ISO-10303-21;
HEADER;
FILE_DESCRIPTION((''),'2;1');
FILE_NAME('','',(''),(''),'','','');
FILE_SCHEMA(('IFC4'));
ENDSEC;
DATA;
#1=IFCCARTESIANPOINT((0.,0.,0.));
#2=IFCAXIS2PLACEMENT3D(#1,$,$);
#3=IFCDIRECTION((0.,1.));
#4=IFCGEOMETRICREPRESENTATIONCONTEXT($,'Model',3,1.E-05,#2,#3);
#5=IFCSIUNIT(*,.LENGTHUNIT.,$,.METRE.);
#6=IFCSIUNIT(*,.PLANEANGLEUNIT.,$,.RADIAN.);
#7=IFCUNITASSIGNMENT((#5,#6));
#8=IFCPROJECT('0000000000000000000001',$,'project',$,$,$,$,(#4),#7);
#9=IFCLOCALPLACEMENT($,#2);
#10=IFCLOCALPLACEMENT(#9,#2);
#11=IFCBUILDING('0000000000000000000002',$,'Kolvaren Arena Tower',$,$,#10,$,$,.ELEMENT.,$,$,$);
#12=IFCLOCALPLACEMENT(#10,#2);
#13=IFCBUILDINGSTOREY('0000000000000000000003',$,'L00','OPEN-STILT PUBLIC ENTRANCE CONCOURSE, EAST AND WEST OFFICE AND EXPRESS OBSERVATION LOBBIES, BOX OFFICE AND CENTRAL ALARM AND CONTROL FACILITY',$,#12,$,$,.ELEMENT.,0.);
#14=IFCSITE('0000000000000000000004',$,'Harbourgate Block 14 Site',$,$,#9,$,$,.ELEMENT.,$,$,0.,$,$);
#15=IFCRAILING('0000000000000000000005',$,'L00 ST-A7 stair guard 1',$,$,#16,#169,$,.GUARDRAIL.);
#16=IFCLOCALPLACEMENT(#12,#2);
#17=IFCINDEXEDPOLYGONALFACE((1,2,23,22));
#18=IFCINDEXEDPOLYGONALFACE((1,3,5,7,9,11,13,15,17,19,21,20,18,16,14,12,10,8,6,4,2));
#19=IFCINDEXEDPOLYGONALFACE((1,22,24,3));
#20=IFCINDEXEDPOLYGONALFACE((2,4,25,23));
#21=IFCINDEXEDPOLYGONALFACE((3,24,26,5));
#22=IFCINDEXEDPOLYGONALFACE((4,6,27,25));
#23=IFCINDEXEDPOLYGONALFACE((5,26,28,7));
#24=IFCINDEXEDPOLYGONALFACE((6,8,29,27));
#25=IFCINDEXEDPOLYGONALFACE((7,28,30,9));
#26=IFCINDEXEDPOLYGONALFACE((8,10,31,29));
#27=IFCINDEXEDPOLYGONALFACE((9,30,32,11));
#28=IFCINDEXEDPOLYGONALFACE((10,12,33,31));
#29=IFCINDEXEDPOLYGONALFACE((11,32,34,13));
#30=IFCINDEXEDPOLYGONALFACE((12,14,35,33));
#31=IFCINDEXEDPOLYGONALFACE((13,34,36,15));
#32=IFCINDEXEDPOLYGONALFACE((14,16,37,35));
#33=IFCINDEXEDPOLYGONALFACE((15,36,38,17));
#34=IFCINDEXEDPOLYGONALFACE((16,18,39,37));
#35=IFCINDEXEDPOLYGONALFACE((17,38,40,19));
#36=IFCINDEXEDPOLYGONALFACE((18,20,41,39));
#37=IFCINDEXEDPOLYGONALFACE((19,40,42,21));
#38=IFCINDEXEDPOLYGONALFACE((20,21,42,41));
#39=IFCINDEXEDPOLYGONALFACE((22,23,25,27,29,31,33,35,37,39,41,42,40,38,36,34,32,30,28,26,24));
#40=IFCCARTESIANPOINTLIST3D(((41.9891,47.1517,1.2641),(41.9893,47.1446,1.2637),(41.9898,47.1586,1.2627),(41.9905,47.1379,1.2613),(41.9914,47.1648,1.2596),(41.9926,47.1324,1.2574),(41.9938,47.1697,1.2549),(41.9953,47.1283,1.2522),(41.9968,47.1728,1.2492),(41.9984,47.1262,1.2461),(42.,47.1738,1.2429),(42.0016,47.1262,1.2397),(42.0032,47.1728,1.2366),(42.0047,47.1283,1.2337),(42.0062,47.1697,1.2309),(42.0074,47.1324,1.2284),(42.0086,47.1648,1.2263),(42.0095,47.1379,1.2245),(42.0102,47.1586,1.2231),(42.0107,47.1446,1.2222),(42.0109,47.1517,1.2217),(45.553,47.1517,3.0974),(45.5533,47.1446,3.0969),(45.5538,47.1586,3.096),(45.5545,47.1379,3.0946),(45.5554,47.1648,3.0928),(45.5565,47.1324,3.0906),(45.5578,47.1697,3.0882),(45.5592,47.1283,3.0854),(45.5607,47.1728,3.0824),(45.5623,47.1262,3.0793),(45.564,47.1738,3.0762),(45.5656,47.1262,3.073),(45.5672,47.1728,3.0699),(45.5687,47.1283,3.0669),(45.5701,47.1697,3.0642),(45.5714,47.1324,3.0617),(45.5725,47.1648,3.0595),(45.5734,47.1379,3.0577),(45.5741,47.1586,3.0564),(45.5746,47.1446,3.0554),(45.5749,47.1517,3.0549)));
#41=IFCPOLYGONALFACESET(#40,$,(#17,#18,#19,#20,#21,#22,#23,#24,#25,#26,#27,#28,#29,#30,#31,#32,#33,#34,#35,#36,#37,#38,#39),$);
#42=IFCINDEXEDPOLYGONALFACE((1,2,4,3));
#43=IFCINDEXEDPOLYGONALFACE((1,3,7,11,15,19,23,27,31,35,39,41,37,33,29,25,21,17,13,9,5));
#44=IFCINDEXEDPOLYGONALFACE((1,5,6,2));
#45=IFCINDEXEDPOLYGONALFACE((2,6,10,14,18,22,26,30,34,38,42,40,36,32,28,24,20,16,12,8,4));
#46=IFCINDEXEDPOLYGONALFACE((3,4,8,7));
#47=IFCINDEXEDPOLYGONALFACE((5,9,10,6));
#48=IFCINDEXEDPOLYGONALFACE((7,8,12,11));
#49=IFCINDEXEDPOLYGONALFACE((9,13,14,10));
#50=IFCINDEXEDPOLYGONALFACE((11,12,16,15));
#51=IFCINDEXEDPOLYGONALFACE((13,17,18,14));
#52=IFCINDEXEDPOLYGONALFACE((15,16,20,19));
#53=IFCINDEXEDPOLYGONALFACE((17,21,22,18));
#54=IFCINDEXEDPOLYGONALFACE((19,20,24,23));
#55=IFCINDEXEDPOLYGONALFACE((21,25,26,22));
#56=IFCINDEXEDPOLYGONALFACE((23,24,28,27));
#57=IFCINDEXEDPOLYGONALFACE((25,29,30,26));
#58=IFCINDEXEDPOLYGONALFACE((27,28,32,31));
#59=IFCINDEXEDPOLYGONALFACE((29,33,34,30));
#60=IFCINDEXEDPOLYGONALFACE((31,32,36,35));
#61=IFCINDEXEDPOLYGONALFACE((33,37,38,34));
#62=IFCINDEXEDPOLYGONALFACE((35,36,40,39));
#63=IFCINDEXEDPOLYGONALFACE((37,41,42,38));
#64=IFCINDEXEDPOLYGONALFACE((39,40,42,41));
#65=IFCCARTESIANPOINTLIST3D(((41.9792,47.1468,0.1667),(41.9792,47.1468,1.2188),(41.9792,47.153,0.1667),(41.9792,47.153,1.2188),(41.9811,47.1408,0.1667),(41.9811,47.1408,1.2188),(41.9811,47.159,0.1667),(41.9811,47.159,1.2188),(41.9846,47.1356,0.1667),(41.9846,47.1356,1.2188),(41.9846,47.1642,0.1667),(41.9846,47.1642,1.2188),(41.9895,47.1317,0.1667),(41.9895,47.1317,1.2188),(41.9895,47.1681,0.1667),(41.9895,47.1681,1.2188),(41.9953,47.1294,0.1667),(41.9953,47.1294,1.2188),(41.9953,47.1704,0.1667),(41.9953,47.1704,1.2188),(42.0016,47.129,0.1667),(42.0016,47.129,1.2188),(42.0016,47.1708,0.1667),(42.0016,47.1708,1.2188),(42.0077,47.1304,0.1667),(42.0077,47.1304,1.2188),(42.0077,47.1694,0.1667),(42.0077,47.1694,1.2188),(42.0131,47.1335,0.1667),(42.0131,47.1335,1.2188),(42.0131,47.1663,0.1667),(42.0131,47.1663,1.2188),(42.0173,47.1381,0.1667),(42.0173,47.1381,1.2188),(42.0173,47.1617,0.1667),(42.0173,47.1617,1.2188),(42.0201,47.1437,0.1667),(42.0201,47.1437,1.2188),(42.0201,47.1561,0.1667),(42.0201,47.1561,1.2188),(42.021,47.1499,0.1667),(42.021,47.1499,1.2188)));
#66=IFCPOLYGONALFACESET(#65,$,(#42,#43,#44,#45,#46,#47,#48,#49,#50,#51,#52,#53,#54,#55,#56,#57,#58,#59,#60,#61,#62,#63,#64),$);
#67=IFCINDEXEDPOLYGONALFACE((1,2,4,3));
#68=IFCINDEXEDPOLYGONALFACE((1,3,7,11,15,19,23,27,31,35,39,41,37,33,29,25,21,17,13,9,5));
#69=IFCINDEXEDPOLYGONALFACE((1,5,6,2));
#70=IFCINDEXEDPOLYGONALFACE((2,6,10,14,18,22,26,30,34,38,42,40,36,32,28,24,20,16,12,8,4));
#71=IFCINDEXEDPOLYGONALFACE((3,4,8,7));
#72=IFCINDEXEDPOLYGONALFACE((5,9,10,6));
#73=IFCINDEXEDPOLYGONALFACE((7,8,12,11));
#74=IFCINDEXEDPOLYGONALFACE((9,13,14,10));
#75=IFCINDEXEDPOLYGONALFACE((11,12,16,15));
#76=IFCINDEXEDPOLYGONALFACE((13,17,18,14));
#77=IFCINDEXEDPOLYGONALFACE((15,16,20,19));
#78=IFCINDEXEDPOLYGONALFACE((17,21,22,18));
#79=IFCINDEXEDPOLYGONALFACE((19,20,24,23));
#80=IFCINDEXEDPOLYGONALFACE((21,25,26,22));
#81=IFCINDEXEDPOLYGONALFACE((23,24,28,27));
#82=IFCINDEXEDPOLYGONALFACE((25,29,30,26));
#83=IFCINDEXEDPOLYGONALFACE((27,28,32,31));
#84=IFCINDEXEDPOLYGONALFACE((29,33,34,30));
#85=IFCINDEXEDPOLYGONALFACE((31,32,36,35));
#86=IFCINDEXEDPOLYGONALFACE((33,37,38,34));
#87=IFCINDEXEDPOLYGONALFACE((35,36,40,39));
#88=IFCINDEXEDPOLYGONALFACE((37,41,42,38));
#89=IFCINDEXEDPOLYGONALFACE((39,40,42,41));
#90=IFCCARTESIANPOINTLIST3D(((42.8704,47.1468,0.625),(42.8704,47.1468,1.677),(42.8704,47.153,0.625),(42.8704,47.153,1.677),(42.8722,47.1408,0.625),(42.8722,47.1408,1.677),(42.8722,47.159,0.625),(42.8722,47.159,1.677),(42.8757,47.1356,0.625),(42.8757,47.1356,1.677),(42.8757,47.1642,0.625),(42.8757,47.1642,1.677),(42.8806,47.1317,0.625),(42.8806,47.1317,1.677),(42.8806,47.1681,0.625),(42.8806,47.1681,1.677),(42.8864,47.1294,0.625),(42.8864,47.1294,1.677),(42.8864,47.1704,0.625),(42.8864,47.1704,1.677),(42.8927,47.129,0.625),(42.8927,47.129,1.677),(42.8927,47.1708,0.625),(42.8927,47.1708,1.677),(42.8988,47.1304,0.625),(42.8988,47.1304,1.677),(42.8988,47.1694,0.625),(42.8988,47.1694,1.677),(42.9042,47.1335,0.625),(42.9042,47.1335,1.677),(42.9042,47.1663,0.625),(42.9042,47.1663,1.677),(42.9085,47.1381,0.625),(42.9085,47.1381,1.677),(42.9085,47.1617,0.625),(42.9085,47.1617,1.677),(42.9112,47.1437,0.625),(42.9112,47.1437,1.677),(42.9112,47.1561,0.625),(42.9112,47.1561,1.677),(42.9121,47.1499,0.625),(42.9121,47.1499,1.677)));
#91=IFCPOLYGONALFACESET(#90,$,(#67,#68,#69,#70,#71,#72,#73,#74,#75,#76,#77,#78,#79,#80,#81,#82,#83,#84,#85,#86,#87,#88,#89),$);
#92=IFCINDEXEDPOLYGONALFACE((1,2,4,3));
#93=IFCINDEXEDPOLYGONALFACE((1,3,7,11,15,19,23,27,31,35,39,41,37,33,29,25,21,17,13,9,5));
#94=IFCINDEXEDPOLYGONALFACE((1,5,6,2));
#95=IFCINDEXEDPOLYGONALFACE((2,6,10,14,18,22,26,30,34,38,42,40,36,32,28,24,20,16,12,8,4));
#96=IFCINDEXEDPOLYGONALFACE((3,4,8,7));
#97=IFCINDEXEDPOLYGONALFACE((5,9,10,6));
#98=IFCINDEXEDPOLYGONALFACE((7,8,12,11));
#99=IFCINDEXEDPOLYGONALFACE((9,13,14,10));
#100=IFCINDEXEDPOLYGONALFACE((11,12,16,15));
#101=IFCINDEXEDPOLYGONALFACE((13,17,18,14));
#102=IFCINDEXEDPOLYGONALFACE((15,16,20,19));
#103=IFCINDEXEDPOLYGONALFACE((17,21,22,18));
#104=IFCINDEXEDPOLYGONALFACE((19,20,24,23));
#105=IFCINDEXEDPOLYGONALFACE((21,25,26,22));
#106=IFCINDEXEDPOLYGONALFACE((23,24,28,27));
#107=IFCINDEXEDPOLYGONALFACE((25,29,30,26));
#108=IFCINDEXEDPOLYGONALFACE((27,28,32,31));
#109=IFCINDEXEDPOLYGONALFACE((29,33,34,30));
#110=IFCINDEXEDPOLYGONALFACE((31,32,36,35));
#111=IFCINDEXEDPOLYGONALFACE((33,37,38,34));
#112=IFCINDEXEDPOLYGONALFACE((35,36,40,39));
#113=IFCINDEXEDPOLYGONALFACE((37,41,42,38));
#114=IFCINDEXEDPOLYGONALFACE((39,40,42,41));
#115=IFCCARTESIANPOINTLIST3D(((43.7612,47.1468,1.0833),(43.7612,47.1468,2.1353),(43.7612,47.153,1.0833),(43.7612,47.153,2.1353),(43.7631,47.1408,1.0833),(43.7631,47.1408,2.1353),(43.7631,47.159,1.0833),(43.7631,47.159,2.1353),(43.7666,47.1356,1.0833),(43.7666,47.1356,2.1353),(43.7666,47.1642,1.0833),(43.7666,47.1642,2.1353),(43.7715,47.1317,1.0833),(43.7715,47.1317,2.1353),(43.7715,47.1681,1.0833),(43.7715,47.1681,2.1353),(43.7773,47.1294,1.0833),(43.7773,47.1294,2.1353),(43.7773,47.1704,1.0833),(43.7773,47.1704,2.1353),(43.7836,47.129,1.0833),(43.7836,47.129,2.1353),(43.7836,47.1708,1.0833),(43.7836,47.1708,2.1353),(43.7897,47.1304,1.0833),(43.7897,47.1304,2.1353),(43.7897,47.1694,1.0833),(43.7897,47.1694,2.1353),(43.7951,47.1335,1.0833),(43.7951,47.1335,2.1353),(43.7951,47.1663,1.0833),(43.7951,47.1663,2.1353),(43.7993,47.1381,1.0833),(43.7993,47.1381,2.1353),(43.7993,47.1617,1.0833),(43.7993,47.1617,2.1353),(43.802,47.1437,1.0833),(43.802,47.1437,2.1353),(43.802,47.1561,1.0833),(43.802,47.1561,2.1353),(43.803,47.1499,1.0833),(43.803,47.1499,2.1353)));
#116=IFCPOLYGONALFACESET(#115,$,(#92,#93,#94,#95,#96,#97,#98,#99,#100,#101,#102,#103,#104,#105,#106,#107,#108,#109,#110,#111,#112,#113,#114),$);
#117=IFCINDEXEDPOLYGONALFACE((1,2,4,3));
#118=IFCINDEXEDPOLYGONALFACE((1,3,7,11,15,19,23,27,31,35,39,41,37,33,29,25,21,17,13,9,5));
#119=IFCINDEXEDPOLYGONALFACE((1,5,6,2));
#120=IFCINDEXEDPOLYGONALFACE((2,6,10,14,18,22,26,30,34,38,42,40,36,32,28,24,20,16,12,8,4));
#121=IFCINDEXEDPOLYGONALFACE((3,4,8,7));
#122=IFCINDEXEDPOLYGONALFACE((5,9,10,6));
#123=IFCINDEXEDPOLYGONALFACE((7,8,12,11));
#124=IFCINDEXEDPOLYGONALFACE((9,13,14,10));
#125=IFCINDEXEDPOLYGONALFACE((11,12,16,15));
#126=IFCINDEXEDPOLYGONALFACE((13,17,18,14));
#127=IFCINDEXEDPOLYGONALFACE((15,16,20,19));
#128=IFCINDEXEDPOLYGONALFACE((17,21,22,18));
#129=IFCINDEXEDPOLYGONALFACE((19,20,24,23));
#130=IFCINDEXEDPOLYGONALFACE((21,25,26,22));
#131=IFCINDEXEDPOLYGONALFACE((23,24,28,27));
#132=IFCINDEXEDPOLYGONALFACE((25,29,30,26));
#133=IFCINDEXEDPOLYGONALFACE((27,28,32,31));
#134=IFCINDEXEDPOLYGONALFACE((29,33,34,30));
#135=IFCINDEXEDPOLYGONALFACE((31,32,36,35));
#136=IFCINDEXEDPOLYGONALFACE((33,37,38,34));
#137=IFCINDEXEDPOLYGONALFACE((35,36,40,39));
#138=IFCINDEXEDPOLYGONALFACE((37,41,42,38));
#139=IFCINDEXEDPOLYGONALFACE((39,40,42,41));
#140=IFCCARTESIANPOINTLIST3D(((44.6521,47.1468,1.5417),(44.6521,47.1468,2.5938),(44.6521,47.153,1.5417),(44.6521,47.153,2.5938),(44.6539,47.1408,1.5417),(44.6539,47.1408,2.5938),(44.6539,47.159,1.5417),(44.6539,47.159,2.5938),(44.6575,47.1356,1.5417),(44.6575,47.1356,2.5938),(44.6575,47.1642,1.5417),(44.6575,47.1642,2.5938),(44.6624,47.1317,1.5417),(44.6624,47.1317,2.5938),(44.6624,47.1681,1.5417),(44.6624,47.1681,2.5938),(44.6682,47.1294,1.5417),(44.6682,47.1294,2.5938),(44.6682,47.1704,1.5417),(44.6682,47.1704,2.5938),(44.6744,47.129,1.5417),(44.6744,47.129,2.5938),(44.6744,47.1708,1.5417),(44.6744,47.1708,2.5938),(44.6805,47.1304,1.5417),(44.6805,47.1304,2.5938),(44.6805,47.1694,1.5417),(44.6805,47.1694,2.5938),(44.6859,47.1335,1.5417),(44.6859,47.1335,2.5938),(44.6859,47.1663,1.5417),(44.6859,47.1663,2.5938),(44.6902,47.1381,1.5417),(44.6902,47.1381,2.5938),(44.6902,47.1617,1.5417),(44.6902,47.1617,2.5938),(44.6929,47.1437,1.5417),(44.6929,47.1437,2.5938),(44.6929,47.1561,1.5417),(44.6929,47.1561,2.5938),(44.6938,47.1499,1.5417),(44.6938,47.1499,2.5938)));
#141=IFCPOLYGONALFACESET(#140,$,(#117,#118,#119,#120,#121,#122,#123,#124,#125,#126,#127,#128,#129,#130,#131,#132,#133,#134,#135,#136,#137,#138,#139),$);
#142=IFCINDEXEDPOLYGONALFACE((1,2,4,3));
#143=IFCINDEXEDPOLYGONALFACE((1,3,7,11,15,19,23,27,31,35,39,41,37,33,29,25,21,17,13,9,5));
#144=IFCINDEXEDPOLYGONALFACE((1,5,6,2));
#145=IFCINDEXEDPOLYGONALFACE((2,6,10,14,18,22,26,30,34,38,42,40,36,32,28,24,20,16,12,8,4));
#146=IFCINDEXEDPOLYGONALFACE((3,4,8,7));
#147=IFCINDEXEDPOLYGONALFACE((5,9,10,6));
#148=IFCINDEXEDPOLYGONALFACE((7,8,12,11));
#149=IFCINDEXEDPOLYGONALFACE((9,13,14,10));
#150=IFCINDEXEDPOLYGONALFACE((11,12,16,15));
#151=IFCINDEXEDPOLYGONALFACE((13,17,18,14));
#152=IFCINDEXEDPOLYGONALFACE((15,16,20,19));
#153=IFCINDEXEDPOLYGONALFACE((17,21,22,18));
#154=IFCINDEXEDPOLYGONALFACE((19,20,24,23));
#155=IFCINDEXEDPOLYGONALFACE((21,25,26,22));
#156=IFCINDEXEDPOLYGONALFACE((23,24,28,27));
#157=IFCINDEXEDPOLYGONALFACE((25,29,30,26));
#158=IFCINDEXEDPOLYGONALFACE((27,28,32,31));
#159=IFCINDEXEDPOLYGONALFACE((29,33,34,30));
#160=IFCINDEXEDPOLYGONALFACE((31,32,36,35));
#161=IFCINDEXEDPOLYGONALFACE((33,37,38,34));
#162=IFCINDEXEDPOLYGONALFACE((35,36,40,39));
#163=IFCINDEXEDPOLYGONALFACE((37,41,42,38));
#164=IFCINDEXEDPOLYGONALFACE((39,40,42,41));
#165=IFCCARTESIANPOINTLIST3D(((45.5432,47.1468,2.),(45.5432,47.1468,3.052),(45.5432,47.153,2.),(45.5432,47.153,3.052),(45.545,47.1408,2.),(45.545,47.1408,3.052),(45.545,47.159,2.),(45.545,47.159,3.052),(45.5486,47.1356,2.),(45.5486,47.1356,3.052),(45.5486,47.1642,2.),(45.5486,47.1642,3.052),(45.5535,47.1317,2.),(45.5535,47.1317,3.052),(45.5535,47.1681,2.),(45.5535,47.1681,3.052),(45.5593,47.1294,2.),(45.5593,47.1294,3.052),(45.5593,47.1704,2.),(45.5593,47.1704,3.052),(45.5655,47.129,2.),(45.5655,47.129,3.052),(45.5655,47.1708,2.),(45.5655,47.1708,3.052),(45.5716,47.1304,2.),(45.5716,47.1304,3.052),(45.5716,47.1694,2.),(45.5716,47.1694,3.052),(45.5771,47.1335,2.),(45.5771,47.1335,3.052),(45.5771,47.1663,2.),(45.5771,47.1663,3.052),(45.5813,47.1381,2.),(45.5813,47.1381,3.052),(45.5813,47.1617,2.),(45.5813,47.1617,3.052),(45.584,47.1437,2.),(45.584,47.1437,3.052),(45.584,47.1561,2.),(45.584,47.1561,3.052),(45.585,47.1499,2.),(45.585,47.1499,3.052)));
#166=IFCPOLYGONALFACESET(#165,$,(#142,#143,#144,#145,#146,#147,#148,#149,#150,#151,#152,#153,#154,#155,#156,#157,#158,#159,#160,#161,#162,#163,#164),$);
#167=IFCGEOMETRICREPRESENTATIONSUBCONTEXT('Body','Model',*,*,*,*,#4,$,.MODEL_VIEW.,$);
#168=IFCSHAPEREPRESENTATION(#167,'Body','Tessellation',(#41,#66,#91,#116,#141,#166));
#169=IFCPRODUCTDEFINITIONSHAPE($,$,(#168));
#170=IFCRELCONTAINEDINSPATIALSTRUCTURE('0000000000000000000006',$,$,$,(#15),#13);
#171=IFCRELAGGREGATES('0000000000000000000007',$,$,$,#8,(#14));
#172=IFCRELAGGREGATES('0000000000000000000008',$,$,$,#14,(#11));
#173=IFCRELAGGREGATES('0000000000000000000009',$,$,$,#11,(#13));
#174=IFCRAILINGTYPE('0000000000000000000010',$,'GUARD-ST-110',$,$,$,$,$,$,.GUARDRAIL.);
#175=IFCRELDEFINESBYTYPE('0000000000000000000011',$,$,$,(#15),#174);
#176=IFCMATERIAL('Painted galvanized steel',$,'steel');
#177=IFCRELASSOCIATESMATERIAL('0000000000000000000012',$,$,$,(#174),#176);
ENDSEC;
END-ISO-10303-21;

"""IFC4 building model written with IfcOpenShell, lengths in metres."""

from ifc_helpers import new_model, si_unit, direction, frame, origin, origin_2d, place, context, subcontext, project, spatial, circle, extrude, material, type_object, element, save


model = new_model("IFC4")

# Units and contexts
model_context = context("Model", 3, precision=1e-05, world=origin(), true_north=direction((0.0, 1.0)))
body_context = subcontext(model_context, "Body", "Model", "MODEL_VIEW")
ifc_project = project(units=[si_unit("LENGTHUNIT", "METRE"), si_unit("PLANEANGLEUNIT", "RADIAN")], contexts=[model_context])

# Site, building, storey
site_placement = place(None, origin())
site = spatial("IfcSite", under=ifc_project, at=site_placement, Name="Harbourgate Block 14 Site", CompositionType="ELEMENT", RefElevation=0.0)
building_placement = place(site_placement, origin())
building = spatial("IfcBuilding", under=site, at=building_placement, Name="Kolvaren Arena Tower", CompositionType="ELEMENT")
storey_placement = place(building_placement, origin())
storey = spatial("IfcBuildingStorey", under=building, at=storey_placement, Name="L00", Description="OPEN-STILT PUBLIC ENTRANCE CONCOURSE, EAST AND WEST OFFICE AND EXPRESS OBSERVATION LOBBIES, BOX OFFICE AND CENTRAL ALARM AND CONTROL FACILITY", CompositionType="ELEMENT", Elevation=0.0)

# Railing
ifc_material_1 = material(Name="Painted galvanized steel", Category="steel")
railing_type_1 = type_object("IfcRailingType", Name="GUARD-ST-110", PredefinedType="GUARDRAIL", material=ifc_material_1)
railing_1_placement = place(storey_placement, frame((42.0, 47.1499, 0.1667)))
element("IfcRailing", 1, at=railing_1_placement, inside=storey, type_object=railing_type_1, Name="L00 ST-A7 stair guard 1", PredefinedType="GUARDRAIL", context=body_context, shape_type="SweptSolid", body=[
    extrude(circle(Radius=0.0239, at=origin_2d()), frame((0.0, 0.0, 1.0762), z_axis=(0.889252, 0.0, 0.457418), x_axis=(0.0, 1.0, 0.0)), (0.0, 0.0, 1.0), 4.0078),
    extrude(circle(Radius=0.021, at=origin_2d()), origin(), (0.0, 0.0, 1.0), 1.052),
    extrude(circle(Radius=0.021, at=origin_2d()), frame((0.8911, 0.0, 0.4583)), (0.0, 0.0, 1.0), 1.052),
    extrude(circle(Radius=0.021, at=origin_2d()), frame((1.782, 0.0, 0.9165)), (0.0, 0.0, 1.0), 1.052),
    extrude(circle(Radius=0.021, at=origin_2d()), frame((2.6729, 0.0, 1.375)), (0.0, 0.0, 1.0), 1.052),
    extrude(circle(Radius=0.021, at=origin_2d()), frame((3.564, 0.0, 1.8333)), (0.0, 0.0, 1.0), 1.052),
])

save(model, "model.ifc")
